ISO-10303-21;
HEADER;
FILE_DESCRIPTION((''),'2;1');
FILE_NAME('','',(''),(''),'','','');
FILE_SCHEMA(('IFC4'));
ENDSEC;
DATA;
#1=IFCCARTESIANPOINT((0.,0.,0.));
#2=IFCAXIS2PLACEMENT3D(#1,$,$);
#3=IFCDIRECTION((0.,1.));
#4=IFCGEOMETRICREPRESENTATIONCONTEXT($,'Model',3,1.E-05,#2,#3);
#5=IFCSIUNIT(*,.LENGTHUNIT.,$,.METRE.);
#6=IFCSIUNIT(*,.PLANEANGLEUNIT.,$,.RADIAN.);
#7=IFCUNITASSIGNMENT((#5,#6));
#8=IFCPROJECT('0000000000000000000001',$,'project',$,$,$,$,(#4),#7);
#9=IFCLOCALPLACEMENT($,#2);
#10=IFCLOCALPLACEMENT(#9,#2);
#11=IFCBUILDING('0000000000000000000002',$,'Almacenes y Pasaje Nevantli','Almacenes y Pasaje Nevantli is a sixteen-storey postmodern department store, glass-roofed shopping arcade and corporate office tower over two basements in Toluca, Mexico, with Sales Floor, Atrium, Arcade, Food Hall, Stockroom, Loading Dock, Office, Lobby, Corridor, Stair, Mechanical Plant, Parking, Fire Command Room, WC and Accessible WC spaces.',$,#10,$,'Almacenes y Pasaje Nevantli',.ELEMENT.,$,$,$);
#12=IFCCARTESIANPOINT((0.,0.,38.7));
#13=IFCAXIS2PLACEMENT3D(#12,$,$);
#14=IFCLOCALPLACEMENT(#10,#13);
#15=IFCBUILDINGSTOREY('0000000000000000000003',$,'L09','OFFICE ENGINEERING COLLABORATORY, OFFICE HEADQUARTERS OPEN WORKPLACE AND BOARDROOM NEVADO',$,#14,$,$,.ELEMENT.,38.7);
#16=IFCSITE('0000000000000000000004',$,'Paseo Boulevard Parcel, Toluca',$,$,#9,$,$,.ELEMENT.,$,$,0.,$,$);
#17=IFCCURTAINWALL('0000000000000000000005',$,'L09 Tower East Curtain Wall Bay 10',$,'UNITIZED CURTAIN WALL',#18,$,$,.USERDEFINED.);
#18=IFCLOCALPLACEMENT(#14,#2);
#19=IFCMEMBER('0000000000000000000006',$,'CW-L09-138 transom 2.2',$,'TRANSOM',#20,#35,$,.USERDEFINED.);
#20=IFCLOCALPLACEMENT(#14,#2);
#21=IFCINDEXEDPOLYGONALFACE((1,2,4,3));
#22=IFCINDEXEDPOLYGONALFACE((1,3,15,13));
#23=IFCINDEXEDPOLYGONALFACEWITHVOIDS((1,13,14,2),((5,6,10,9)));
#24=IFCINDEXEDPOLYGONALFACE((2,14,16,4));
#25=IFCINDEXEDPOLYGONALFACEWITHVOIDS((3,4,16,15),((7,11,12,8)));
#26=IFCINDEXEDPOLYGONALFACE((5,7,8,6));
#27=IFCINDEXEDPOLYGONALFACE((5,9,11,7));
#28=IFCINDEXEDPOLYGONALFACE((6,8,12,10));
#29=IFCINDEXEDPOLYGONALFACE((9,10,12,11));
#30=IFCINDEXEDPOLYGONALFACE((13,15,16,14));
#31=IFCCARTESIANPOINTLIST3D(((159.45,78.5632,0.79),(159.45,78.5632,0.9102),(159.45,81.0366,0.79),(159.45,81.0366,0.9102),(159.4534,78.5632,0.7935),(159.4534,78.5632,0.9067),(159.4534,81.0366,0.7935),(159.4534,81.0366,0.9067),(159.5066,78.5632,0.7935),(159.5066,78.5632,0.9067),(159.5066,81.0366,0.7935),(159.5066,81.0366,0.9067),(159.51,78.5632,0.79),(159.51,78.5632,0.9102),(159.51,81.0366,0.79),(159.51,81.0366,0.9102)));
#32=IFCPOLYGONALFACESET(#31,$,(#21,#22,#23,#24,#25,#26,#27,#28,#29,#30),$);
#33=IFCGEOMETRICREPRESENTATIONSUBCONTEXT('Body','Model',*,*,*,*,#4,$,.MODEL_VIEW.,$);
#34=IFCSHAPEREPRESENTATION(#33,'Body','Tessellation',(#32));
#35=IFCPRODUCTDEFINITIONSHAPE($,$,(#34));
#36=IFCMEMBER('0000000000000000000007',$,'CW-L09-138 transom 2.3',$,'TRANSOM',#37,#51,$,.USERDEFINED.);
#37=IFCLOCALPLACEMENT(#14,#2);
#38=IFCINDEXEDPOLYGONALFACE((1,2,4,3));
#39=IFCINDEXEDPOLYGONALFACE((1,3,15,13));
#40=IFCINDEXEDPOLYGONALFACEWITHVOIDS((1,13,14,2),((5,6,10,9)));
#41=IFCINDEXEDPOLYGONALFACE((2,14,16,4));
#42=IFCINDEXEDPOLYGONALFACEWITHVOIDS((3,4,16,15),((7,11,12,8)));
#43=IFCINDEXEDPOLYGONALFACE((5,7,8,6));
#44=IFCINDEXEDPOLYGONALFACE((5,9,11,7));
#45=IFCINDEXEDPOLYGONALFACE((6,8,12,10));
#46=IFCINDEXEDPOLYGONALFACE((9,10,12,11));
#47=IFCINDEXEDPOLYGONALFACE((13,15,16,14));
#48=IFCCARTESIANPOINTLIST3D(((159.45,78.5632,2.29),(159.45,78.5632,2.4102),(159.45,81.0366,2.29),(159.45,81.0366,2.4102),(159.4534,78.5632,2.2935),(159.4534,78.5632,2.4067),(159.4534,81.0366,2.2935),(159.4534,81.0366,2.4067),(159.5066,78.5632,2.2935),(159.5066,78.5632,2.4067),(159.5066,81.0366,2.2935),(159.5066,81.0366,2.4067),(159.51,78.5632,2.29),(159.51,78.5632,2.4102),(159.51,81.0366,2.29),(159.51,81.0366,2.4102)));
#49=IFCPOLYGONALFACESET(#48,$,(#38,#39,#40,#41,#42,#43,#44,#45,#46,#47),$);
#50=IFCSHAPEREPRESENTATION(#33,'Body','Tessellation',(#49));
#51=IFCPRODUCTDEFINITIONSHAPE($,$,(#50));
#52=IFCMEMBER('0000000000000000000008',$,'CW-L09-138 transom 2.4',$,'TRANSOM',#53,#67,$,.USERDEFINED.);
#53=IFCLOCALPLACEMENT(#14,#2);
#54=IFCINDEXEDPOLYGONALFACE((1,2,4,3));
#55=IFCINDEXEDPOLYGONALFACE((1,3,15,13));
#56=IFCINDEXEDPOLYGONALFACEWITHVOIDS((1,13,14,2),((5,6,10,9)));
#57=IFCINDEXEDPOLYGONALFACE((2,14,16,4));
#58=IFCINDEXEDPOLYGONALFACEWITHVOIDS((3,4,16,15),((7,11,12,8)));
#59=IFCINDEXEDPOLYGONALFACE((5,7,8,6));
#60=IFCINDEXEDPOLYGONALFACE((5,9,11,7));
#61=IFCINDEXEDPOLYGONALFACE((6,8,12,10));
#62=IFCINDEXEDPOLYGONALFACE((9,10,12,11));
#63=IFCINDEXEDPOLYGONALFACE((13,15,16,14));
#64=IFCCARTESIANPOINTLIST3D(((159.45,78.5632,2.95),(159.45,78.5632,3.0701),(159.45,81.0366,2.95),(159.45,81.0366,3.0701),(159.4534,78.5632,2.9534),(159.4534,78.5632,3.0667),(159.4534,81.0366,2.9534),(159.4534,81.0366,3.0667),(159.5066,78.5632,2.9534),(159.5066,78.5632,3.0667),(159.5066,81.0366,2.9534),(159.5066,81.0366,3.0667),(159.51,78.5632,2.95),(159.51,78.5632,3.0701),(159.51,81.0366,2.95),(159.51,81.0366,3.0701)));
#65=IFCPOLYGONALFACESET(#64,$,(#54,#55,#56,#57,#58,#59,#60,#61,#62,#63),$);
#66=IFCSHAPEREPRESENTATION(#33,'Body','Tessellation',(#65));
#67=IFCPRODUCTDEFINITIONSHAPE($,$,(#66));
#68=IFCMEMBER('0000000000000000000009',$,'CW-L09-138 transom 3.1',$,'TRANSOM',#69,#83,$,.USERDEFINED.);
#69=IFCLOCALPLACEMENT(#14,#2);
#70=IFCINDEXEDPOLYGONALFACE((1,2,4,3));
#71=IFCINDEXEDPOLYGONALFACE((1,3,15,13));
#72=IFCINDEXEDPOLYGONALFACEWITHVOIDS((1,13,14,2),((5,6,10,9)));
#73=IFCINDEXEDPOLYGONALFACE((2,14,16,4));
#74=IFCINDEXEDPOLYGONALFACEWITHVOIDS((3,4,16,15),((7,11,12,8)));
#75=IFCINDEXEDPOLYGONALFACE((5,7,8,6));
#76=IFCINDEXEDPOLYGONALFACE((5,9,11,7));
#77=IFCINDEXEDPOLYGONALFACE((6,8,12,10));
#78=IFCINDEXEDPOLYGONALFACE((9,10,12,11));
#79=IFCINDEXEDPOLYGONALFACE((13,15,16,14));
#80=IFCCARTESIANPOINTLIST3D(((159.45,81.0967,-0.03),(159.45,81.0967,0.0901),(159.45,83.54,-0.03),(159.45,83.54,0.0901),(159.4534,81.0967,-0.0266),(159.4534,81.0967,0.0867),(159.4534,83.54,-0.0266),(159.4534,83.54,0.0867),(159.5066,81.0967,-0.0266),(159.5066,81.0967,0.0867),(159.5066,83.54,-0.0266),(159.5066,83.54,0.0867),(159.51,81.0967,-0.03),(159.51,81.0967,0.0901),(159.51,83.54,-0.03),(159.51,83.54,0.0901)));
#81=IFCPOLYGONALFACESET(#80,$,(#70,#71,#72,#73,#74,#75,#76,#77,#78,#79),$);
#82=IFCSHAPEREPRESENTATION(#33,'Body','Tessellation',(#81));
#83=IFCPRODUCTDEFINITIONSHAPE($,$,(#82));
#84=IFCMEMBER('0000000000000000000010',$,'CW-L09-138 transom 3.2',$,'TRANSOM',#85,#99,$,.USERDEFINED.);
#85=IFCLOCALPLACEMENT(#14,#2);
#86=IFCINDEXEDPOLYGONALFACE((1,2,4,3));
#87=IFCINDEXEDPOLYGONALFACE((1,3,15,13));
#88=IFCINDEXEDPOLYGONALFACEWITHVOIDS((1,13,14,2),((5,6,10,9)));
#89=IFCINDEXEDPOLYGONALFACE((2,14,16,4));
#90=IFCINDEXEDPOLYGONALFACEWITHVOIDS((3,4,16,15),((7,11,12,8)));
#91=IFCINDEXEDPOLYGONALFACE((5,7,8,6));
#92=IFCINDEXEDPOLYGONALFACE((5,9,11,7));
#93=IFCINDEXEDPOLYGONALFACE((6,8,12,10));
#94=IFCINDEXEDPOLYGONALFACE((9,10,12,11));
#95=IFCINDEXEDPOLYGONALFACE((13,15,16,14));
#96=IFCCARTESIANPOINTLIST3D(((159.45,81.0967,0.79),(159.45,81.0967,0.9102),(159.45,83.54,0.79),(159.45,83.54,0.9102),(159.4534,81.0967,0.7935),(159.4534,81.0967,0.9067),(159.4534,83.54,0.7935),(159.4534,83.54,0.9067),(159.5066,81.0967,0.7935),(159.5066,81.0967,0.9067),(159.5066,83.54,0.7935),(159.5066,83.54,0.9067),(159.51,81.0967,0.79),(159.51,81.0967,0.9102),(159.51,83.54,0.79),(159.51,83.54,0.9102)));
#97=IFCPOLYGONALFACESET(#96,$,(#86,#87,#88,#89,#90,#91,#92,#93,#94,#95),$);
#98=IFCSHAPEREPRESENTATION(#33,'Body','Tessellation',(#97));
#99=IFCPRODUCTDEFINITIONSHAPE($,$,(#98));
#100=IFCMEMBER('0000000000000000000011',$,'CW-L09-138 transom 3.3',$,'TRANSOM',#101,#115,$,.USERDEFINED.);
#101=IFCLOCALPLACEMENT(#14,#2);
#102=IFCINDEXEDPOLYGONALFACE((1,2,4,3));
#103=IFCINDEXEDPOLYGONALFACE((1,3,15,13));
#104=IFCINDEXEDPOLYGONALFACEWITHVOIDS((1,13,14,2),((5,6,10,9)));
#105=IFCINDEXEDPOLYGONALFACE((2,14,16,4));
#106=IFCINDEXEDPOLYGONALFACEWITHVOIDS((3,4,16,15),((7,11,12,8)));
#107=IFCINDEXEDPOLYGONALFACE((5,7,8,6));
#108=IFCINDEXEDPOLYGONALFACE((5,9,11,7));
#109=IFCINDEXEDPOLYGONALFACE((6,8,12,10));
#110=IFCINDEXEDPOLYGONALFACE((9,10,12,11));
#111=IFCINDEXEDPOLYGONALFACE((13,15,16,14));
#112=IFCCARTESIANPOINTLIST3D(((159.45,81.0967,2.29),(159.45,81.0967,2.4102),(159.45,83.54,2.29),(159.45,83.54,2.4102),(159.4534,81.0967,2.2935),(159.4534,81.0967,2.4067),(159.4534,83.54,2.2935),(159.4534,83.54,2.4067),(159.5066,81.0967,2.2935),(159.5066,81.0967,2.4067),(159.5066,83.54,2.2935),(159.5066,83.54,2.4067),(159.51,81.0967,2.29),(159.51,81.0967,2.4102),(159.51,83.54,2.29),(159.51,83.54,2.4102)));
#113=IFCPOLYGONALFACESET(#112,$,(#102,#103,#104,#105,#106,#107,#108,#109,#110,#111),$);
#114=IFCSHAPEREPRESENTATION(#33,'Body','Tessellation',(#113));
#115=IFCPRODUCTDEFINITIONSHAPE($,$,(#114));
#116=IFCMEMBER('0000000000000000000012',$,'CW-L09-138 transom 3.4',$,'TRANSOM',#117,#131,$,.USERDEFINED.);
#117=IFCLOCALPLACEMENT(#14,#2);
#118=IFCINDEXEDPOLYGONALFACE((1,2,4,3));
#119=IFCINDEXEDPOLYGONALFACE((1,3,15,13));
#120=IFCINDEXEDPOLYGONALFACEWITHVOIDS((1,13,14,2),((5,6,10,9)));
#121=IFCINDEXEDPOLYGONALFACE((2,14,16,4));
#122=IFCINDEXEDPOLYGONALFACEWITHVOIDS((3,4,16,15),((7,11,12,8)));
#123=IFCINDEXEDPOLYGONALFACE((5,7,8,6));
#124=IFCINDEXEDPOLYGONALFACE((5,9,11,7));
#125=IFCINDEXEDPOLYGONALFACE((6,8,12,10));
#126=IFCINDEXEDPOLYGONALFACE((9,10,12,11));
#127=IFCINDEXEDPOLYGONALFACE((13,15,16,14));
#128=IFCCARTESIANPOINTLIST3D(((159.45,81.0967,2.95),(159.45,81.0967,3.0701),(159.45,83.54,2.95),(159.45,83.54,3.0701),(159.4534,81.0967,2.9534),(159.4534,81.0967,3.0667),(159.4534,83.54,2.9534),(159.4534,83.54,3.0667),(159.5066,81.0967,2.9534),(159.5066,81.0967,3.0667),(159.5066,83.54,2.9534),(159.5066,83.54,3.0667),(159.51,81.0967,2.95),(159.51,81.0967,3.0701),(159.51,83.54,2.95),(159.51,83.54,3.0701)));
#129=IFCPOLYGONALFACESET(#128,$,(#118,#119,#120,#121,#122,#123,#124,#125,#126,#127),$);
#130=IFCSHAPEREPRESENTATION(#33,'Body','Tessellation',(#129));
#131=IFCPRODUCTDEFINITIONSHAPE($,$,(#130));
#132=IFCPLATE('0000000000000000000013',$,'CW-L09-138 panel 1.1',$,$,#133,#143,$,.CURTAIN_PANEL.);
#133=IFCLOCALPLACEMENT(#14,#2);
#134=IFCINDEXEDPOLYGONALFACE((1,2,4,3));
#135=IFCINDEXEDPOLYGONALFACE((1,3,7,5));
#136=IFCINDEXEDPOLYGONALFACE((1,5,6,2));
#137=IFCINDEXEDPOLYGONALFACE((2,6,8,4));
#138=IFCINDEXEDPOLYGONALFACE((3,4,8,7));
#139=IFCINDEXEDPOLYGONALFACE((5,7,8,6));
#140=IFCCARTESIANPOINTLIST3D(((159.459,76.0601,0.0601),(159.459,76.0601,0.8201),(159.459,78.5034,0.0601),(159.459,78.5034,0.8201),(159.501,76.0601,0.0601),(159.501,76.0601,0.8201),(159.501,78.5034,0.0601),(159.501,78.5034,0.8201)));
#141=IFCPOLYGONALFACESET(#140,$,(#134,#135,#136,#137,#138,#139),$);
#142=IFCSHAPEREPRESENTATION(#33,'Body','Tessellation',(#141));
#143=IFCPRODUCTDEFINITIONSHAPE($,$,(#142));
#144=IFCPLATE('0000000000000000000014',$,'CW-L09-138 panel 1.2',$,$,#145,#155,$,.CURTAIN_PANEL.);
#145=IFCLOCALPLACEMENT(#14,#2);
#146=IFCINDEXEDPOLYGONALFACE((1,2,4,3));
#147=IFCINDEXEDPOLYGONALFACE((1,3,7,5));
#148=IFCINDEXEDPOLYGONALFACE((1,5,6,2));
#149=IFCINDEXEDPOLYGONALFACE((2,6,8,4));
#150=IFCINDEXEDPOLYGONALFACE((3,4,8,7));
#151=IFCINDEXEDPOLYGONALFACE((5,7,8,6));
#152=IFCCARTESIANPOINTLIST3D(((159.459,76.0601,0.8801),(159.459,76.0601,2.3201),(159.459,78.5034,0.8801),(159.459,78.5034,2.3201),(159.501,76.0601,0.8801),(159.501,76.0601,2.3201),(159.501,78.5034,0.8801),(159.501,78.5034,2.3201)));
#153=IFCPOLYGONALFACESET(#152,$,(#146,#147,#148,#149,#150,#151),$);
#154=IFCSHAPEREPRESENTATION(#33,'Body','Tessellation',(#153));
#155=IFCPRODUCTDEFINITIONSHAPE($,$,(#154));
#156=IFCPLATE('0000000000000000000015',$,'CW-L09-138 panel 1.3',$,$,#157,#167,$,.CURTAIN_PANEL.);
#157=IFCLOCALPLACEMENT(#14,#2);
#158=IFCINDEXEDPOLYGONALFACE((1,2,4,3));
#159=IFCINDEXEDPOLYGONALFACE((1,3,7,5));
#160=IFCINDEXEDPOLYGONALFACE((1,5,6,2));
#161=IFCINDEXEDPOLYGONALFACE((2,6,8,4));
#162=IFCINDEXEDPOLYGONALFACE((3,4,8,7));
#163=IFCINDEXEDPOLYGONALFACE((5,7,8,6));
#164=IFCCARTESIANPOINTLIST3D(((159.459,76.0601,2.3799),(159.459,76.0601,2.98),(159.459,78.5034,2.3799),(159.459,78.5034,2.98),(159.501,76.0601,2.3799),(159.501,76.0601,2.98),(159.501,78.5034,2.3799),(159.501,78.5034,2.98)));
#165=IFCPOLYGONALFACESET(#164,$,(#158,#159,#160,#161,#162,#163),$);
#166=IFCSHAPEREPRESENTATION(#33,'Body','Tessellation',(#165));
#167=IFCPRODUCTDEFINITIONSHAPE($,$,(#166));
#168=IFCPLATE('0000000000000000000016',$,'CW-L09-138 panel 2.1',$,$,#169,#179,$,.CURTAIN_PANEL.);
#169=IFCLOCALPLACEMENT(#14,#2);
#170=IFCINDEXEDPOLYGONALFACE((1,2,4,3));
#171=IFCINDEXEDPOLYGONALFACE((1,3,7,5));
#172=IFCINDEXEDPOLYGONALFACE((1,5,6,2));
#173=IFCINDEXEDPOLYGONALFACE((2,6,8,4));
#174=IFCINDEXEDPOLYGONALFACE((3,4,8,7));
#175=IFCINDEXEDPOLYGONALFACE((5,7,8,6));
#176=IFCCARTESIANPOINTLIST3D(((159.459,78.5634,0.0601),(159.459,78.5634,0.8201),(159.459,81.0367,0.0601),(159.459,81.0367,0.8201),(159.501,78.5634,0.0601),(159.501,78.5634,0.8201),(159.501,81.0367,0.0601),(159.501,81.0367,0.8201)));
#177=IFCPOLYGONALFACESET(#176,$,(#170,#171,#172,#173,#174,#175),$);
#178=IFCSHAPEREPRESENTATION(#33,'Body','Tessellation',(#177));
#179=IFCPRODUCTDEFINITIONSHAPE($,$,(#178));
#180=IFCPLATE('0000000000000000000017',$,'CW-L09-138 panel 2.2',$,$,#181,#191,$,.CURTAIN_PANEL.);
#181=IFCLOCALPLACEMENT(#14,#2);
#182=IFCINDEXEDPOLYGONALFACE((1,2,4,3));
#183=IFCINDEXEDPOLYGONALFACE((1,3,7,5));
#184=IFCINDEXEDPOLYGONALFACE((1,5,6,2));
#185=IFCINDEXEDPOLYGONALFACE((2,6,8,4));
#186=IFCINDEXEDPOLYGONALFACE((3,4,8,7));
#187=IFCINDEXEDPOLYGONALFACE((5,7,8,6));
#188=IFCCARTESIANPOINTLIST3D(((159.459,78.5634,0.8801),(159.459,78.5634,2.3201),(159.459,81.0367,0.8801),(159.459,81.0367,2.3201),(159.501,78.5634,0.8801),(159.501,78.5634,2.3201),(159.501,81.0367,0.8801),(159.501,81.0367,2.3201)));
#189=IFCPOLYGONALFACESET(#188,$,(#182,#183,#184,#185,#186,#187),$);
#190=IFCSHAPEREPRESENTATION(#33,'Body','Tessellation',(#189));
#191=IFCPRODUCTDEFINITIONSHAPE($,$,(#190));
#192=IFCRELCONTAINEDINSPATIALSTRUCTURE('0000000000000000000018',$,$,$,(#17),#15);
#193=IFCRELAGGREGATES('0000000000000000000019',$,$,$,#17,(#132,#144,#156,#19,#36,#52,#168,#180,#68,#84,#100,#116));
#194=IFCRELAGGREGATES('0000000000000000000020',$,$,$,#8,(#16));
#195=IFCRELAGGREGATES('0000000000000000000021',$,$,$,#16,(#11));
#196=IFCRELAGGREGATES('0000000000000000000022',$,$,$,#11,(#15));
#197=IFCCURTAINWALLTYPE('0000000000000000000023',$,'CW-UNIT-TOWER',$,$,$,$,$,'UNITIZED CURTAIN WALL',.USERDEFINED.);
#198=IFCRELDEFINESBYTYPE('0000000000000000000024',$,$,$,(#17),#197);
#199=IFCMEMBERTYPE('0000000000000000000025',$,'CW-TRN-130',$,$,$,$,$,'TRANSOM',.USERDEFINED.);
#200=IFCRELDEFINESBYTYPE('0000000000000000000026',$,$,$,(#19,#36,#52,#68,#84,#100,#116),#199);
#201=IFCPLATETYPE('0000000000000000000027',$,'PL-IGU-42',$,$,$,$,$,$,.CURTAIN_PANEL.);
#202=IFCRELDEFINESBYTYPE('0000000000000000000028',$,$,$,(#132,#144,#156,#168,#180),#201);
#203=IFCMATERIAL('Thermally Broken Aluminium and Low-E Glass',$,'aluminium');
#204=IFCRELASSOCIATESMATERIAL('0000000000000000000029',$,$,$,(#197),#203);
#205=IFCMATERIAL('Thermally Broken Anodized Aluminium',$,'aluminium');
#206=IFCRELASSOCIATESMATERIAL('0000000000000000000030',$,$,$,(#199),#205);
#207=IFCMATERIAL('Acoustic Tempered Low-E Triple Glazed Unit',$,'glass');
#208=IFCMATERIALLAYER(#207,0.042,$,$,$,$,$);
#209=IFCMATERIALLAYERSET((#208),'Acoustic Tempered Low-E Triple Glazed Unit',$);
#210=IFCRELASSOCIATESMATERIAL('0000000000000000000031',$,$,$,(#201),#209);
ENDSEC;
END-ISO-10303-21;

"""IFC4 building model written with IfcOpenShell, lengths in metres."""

from ifc_helpers import new_model, si_unit, direction, frame, origin, origin_2d, place, context, subcontext, project, spatial, rectangle, hollow_rectangle, extrude, material, layer, layer_set, material_profile, profile_set, type_object, element, aggregate, save


model = new_model("IFC4")

# Units and contexts
model_context = context("Model", 3, precision=1e-05, world=origin(), true_north=direction((0.0, 1.0)))
body_context = subcontext(model_context, "Body", "Model", "MODEL_VIEW")
ifc_project = project(units=[si_unit("LENGTHUNIT", "METRE"), si_unit("PLANEANGLEUNIT", "RADIAN")], contexts=[model_context])

# Site, building, storey
site_placement = place(None, origin())
site = spatial("IfcSite", under=ifc_project, at=site_placement, Name="Paseo Boulevard Parcel, Toluca", CompositionType="ELEMENT", RefElevation=0.0)
building_placement = place(site_placement, origin())
building = spatial("IfcBuilding", under=site, at=building_placement, Name="Almacenes y Pasaje Nevantli", Description="Almacenes y Pasaje Nevantli is a sixteen-storey postmodern department store, glass-roofed shopping arcade and corporate office tower over two basements in Toluca, Mexico, with Sales Floor, Atrium, Arcade, Food Hall, Stockroom, Loading Dock, Office, Lobby, Corridor, Stair, Mechanical Plant, Parking, Fire Command Room, WC and Accessible WC spaces.", LongName="Almacenes y Pasaje Nevantli", CompositionType="ELEMENT")
storey_placement = place(building_placement, frame((0.0, 0.0, 38.7)))
storey = spatial("IfcBuildingStorey", under=building, at=storey_placement, Name="L09", Description="OFFICE ENGINEERING COLLABORATORY, OFFICE HEADQUARTERS OPEN WORKPLACE AND BOARDROOM NEVADO", CompositionType="ELEMENT", Elevation=38.7)

# Curtain wall, members, plates
ifc_material_1 = material(Name="Thermally Broken Aluminium and Low-E Glass", Category="aluminium")
curtain_wall_type = type_object("IfcCurtainWallType", Name="CW-UNIT-TOWER", ElementType="UNITIZED CURTAIN WALL", PredefinedType="USERDEFINED", material=ifc_material_1)
curtain_wall_placement = place(storey_placement, origin())
curtain_wall = element("IfcCurtainWall", 1, at=curtain_wall_placement, inside=storey, type_object=curtain_wall_type, Name="L09 Tower East Curtain Wall Bay 10", ObjectType="UNITIZED CURTAIN WALL", PredefinedType="USERDEFINED")
ifc_material_2 = material(Name="Thermally Broken Anodized Aluminium", Category="aluminium")
ifc_material_profile_1 = material_profile(ifc_material_2, hollow_rectangle(XDim=0.0601, YDim=0.1201, WallThickness=0.0034, at=origin_2d()), Name="ALU-TRN-60x120")
ifc_profile_set_1 = profile_set([ifc_material_profile_1], Name="Thermally Broken Anodized Aluminium")
member_type_1 = type_object("IfcMemberType", Name="CW-TRN-130", ElementType="TRANSOM", PredefinedType="USERDEFINED", material=ifc_profile_set_1)
member_1_placement = place(storey_placement, frame((159.48, 78.5632, 0.8501), z_axis=(0.0, 1.0, 0.0), x_axis=(-1.0, 0.0, 0.0)))
member_1 = element("IfcMember", 2, at=member_1_placement, type_object=member_type_1, Name="CW-L09-138 transom 2.2", ObjectType="TRANSOM", PredefinedType="USERDEFINED", context=body_context, shape_type="SweptSolid", body=[
    extrude(hollow_rectangle(XDim=0.0601, YDim=0.1201, WallThickness=0.0034, at=origin_2d()), origin(), (0.0, 0.0, 1.0), 2.4734),
])
member_2_placement = place(storey_placement, frame((159.48, 78.5632, 2.3501), z_axis=(0.0, 1.0, 0.0), x_axis=(-1.0, 0.0, 0.0)))
member_2 = element("IfcMember", 3, at=member_2_placement, type_object=member_type_1, Name="CW-L09-138 transom 2.3", ObjectType="TRANSOM", PredefinedType="USERDEFINED", context=body_context, shape_type="SweptSolid", body=[
    extrude(hollow_rectangle(XDim=0.0601, YDim=0.1201, WallThickness=0.0034, at=origin_2d()), origin(), (0.0, 0.0, 1.0), 2.4734),
])
member_3_placement = place(storey_placement, frame((159.48, 78.5632, 3.01), z_axis=(0.0, 1.0, 0.0), x_axis=(-1.0, 0.0, 0.0)))
member_3 = element("IfcMember", 4, at=member_3_placement, type_object=member_type_1, Name="CW-L09-138 transom 2.4", ObjectType="TRANSOM", PredefinedType="USERDEFINED", context=body_context, shape_type="SweptSolid", body=[
    extrude(hollow_rectangle(XDim=0.0601, YDim=0.1201, WallThickness=0.0034, at=origin_2d()), origin(), (0.0, 0.0, 1.0), 2.4734),
])
member_4_placement = place(storey_placement, frame((159.48, 81.0967, 0.03), z_axis=(0.0, 1.0, 0.0), x_axis=(-1.0, 0.0, 0.0)))
member_4 = element("IfcMember", 5, at=member_4_placement, type_object=member_type_1, Name="CW-L09-138 transom 3.1", ObjectType="TRANSOM", PredefinedType="USERDEFINED", context=body_context, shape_type="SweptSolid", body=[
    extrude(hollow_rectangle(XDim=0.0601, YDim=0.1201, WallThickness=0.0034, at=origin_2d()), origin(), (0.0, 0.0, 1.0), 2.4434),
])
member_5_placement = place(storey_placement, frame((159.48, 81.0967, 0.8501), z_axis=(0.0, 1.0, 0.0), x_axis=(-1.0, 0.0, 0.0)))
member_5 = element("IfcMember", 6, at=member_5_placement, type_object=member_type_1, Name="CW-L09-138 transom 3.2", ObjectType="TRANSOM", PredefinedType="USERDEFINED", context=body_context, shape_type="SweptSolid", body=[
    extrude(hollow_rectangle(XDim=0.0601, YDim=0.1201, WallThickness=0.0034, at=origin_2d()), origin(), (0.0, 0.0, 1.0), 2.4434),
])
member_6_placement = place(storey_placement, frame((159.48, 81.0967, 2.3501), z_axis=(0.0, 1.0, 0.0), x_axis=(-1.0, 0.0, 0.0)))
member_6 = element("IfcMember", 7, at=member_6_placement, type_object=member_type_1, Name="CW-L09-138 transom 3.3", ObjectType="TRANSOM", PredefinedType="USERDEFINED", context=body_context, shape_type="SweptSolid", body=[
    extrude(hollow_rectangle(XDim=0.0601, YDim=0.1201, WallThickness=0.0034, at=origin_2d()), origin(), (0.0, 0.0, 1.0), 2.4434),
])
member_7_placement = place(storey_placement, frame((159.48, 81.0967, 3.01), z_axis=(0.0, 1.0, 0.0), x_axis=(-1.0, 0.0, 0.0)))
member_7 = element("IfcMember", 8, at=member_7_placement, type_object=member_type_1, Name="CW-L09-138 transom 3.4", ObjectType="TRANSOM", PredefinedType="USERDEFINED", context=body_context, shape_type="SweptSolid", body=[
    extrude(hollow_rectangle(XDim=0.0601, YDim=0.1201, WallThickness=0.0034, at=origin_2d()), origin(), (0.0, 0.0, 1.0), 2.4434),
])
ifc_material_3 = material(Name="Acoustic Tempered Low-E Triple Glazed Unit", Category="glass")
ifc_layer_1 = layer(ifc_material_3, 0.042)
ifc_layer_set_1 = layer_set([ifc_layer_1], Name="Acoustic Tempered Low-E Triple Glazed Unit")
plate_type = type_object("IfcPlateType", Name="PL-IGU-42", PredefinedType="CURTAIN_PANEL", material=ifc_layer_set_1)
plate_1_placement = place(storey_placement, frame((159.48, 77.2817, 0.0601), z_axis=(0.0, 0.0, 1.0), x_axis=(0.0, 1.0, 0.0)))
plate_1 = element("IfcPlate", 9, at=plate_1_placement, type_object=plate_type, Name="CW-L09-138 panel 1.1", PredefinedType="CURTAIN_PANEL", context=body_context, shape_type="SweptSolid", body=[
    extrude(rectangle(XDim=2.4434, YDim=0.042, at=origin_2d()), origin(), (0.0, 0.0, 1.0), 0.76),
])
plate_2_placement = place(storey_placement, frame((159.48, 77.2817, 0.8801), z_axis=(0.0, 0.0, 1.0), x_axis=(0.0, 1.0, 0.0)))
plate_2 = element("IfcPlate", 10, at=plate_2_placement, type_object=plate_type, Name="CW-L09-138 panel 1.2", PredefinedType="CURTAIN_PANEL", context=body_context, shape_type="SweptSolid", body=[
    extrude(rectangle(XDim=2.4434, YDim=0.042, at=origin_2d()), origin(), (0.0, 0.0, 1.0), 1.4399),
])
plate_3_placement = place(storey_placement, frame((159.48, 77.2817, 2.3799), z_axis=(0.0, 0.0, 1.0), x_axis=(0.0, 1.0, 0.0)))
plate_3 = element("IfcPlate", 11, at=plate_3_placement, type_object=plate_type, Name="CW-L09-138 panel 1.3", PredefinedType="CURTAIN_PANEL", context=body_context, shape_type="SweptSolid", body=[
    extrude(rectangle(XDim=2.4434, YDim=0.042, at=origin_2d()), origin(), (0.0, 0.0, 1.0), 0.6001),
])
plate_4_placement = place(storey_placement, frame((159.48, 79.8, 0.0601), z_axis=(0.0, 0.0, 1.0), x_axis=(0.0, 1.0, 0.0)))
plate_4 = element("IfcPlate", 12, at=plate_4_placement, type_object=plate_type, Name="CW-L09-138 panel 2.1", PredefinedType="CURTAIN_PANEL", context=body_context, shape_type="SweptSolid", body=[
    extrude(rectangle(XDim=2.4734, YDim=0.042, at=origin_2d()), origin(), (0.0, 0.0, 1.0), 0.76),
])
plate_5_placement = place(storey_placement, frame((159.48, 79.8, 0.8801), z_axis=(0.0, 0.0, 1.0), x_axis=(0.0, 1.0, 0.0)))
plate_5 = element("IfcPlate", 13, at=plate_5_placement, type_object=plate_type, Name="CW-L09-138 panel 2.2", PredefinedType="CURTAIN_PANEL", context=body_context, shape_type="SweptSolid", body=[
    extrude(rectangle(XDim=2.4734, YDim=0.042, at=origin_2d()), origin(), (0.0, 0.0, 1.0), 1.4399),
])
aggregate(curtain_wall, [plate_1, plate_2, plate_3, member_1, member_2, member_3, plate_4, plate_5, member_4, member_5, member_6, member_7])

save(model, "model.ifc")
